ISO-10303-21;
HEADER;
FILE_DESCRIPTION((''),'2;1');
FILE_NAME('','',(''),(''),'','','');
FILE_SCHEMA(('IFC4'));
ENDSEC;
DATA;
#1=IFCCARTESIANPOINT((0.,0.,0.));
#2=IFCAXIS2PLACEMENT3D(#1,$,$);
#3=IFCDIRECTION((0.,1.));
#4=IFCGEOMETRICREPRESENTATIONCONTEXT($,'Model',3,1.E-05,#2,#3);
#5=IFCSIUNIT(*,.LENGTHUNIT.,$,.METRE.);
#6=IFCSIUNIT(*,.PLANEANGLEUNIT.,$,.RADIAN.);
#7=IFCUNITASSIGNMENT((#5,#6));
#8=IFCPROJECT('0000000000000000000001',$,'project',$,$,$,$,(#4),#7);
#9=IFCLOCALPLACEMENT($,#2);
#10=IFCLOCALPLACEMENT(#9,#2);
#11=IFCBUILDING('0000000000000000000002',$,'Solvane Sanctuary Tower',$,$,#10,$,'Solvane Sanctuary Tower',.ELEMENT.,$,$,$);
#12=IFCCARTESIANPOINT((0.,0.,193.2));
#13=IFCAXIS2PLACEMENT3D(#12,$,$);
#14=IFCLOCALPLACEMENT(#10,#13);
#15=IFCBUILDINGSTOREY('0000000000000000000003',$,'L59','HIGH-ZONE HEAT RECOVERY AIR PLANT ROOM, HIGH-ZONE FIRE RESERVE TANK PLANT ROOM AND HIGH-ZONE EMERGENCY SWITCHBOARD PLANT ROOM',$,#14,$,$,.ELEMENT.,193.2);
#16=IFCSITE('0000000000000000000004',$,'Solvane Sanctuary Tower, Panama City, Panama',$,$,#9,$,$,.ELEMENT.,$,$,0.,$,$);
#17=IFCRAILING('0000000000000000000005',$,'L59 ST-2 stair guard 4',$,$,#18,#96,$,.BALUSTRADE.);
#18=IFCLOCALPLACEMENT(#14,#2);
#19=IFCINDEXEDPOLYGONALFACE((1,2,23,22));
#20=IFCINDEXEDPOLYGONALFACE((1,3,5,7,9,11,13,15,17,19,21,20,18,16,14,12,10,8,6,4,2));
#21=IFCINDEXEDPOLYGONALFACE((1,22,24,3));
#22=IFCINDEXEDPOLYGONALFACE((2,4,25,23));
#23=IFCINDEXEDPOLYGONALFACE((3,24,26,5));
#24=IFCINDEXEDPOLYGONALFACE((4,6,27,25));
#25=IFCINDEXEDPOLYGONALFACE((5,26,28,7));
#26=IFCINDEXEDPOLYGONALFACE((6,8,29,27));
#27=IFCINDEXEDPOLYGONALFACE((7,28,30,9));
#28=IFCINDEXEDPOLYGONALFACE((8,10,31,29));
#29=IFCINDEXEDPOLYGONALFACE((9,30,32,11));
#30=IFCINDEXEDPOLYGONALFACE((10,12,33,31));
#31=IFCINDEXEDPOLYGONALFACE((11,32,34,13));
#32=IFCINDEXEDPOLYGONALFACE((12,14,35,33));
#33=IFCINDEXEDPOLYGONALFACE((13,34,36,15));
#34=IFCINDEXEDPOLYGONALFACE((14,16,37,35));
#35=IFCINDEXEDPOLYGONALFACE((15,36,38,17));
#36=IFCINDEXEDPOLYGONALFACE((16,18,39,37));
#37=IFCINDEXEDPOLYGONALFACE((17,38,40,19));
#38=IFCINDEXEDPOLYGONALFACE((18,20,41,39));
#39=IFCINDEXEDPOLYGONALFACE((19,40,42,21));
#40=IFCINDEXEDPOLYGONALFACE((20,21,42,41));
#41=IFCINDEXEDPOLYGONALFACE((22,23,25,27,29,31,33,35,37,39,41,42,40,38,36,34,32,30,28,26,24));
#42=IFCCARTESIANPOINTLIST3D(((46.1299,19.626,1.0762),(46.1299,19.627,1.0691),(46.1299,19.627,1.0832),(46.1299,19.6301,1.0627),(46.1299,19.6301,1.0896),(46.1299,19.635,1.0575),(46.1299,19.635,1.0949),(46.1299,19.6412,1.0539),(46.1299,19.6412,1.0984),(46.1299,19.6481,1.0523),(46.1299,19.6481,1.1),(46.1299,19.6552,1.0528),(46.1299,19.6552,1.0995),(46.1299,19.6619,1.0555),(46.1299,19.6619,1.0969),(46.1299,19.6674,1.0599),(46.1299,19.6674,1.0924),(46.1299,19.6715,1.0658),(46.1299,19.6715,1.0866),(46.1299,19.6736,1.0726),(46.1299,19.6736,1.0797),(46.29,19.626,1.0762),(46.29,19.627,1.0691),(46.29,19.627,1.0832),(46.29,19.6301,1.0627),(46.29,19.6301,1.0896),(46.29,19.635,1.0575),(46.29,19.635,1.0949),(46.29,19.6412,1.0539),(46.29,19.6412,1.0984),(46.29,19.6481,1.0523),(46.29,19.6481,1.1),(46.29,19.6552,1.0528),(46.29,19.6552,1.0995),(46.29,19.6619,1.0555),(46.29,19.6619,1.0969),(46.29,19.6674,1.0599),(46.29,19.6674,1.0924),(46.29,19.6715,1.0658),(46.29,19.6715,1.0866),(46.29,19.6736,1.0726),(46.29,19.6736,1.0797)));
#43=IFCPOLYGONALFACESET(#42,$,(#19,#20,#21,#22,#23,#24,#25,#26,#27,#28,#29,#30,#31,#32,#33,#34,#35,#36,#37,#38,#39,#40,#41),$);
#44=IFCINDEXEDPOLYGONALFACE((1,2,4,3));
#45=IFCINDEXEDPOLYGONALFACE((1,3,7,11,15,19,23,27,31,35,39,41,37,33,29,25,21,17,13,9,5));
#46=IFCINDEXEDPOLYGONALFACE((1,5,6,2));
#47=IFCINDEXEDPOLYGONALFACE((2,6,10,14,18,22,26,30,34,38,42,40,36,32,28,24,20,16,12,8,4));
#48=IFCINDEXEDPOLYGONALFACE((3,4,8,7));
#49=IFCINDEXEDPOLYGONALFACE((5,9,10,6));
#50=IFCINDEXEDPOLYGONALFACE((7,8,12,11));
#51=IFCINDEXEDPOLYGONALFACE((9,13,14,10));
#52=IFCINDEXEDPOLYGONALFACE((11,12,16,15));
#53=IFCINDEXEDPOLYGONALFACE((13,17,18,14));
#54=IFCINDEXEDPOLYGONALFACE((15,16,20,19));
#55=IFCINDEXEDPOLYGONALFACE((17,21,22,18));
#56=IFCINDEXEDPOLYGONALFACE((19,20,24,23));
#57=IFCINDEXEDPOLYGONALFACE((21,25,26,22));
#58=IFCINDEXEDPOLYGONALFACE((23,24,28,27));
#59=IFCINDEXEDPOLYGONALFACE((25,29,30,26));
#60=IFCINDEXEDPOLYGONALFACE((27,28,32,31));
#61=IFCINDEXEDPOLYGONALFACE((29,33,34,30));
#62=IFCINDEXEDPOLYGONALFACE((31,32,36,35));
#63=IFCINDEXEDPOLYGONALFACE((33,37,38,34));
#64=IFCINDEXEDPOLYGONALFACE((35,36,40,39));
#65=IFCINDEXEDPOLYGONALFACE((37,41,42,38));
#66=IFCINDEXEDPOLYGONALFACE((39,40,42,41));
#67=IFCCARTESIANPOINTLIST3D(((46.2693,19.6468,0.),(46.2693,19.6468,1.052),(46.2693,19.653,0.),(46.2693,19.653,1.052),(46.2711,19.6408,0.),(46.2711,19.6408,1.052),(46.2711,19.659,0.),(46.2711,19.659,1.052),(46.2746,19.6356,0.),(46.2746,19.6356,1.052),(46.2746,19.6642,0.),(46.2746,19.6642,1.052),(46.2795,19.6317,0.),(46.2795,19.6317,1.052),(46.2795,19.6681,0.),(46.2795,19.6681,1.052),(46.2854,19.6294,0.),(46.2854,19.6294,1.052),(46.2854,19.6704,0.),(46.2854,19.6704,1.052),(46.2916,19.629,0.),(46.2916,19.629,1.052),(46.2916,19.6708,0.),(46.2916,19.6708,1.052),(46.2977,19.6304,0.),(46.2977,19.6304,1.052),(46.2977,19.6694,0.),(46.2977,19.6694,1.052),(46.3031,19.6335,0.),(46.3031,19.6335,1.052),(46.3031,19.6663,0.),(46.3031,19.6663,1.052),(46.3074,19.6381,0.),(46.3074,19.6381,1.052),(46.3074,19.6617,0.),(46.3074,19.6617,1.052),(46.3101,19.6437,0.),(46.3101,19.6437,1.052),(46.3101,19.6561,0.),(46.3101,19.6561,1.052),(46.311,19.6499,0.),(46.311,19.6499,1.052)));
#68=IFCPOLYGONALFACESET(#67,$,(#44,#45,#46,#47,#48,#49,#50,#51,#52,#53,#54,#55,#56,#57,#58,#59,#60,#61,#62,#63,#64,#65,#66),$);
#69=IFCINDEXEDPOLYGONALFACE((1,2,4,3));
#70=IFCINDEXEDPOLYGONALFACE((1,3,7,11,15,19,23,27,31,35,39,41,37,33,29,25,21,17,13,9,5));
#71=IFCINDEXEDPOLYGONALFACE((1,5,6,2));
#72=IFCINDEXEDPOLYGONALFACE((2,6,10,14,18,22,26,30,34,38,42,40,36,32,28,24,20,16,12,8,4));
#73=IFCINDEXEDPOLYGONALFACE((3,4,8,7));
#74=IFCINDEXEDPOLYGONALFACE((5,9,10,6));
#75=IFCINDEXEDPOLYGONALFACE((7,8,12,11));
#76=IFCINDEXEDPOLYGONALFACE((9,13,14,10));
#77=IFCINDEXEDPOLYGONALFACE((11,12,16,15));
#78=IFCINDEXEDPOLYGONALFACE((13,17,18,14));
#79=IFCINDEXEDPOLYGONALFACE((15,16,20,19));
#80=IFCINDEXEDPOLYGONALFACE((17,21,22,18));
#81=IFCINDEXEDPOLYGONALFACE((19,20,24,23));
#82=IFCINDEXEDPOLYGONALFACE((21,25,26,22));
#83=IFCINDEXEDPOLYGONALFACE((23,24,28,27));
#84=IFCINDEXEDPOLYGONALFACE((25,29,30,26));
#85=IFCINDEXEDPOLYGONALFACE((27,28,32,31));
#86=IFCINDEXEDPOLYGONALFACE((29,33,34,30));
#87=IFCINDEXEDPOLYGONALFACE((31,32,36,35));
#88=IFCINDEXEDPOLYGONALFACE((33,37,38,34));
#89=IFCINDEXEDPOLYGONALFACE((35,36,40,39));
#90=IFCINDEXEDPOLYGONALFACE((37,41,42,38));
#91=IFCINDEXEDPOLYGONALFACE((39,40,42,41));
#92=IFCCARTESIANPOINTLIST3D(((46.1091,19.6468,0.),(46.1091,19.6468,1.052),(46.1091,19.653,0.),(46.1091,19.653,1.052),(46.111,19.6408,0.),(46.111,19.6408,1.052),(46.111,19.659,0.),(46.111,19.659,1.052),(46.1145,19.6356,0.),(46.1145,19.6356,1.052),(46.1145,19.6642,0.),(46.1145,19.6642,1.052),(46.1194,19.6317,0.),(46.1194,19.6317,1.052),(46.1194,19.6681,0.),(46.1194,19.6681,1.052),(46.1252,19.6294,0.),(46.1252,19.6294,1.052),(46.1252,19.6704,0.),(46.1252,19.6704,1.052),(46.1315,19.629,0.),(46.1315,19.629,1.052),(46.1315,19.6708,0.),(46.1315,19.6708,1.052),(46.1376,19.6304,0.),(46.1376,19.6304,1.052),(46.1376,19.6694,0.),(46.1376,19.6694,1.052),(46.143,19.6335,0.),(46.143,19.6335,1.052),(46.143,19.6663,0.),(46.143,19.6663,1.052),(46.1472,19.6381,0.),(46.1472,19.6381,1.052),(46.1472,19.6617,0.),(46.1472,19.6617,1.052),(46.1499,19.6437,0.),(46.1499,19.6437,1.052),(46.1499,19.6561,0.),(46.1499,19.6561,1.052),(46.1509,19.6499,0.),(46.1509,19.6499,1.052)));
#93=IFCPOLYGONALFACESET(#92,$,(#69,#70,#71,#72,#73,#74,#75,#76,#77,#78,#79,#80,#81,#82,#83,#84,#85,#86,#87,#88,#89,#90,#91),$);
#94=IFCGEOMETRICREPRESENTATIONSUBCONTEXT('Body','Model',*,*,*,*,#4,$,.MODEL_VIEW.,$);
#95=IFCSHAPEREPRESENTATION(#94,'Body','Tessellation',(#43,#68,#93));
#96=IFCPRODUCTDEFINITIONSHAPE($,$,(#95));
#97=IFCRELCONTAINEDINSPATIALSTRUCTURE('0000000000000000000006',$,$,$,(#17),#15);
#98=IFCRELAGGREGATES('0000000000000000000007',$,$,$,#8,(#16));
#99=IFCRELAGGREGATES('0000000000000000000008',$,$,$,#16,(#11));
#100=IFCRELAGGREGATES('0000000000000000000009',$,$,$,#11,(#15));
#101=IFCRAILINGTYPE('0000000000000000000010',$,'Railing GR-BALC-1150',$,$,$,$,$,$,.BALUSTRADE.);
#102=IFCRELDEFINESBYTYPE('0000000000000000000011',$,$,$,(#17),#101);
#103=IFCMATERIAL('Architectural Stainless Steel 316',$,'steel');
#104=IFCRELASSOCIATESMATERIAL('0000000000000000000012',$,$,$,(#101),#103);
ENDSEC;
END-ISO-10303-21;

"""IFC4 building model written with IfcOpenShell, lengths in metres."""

from ifc_helpers import new_model, si_unit, direction, frame, origin, origin_2d, place, context, subcontext, project, spatial, circle, extrude, material, type_object, element, save


model = new_model("IFC4")

# Units and contexts
model_context = context("Model", 3, precision=1e-05, world=origin(), true_north=direction((0.0, 1.0)))
body_context = subcontext(model_context, "Body", "Model", "MODEL_VIEW")
ifc_project = project(units=[si_unit("LENGTHUNIT", "METRE"), si_unit("PLANEANGLEUNIT", "RADIAN")], contexts=[model_context])

# Site, building, storey
site_placement = place(None, origin())
site = spatial("IfcSite", under=ifc_project, at=site_placement, Name="Solvane Sanctuary Tower, Panama City, Panama", CompositionType="ELEMENT", RefElevation=0.0)
building_placement = place(site_placement, origin())
building = spatial("IfcBuilding", under=site, at=building_placement, Name="Solvane Sanctuary Tower", LongName="Solvane Sanctuary Tower", CompositionType="ELEMENT")
storey_placement = place(building_placement, frame((0.0, 0.0, 193.2)))
storey = spatial("IfcBuildingStorey", under=building, at=storey_placement, Name="L59", Description="HIGH-ZONE HEAT RECOVERY AIR PLANT ROOM, HIGH-ZONE FIRE RESERVE TANK PLANT ROOM AND HIGH-ZONE EMERGENCY SWITCHBOARD PLANT ROOM", CompositionType="ELEMENT", Elevation=193.2)

# Shared definitions
ifc_material_1 = material(Name="Architectural Stainless Steel 316", Category="steel")

# Railing
railing_type_1 = type_object("IfcRailingType", Name="Railing GR-BALC-1150", PredefinedType="BALUSTRADE", material=ifc_material_1)
railing_1_placement = place(storey_placement, frame((46.29, 19.6499, 0.0)))
element("IfcRailing", 1, at=railing_1_placement, inside=storey, type_object=railing_type_1, Name="L59 ST-2 stair guard 4", PredefinedType="BALUSTRADE", context=body_context, shape_type="SweptSolid", body=[
    extrude(circle(Radius=0.0239, at=origin_2d()), frame((0.0, 0.0, 1.0762), z_axis=(-1.0, 0.0, 0.0), x_axis=(0.0, -1.0, 0.0)), (0.0, 0.0, 1.0), 0.1602),
    extrude(circle(Radius=0.021, at=origin_2d()), origin(), (0.0, 0.0, 1.0), 1.052),
    extrude(circle(Radius=0.021, at=origin_2d()), frame((-0.1602, 0.0, 0.0)), (0.0, 0.0, 1.0), 1.052),
])

save(model, "model.ifc")
